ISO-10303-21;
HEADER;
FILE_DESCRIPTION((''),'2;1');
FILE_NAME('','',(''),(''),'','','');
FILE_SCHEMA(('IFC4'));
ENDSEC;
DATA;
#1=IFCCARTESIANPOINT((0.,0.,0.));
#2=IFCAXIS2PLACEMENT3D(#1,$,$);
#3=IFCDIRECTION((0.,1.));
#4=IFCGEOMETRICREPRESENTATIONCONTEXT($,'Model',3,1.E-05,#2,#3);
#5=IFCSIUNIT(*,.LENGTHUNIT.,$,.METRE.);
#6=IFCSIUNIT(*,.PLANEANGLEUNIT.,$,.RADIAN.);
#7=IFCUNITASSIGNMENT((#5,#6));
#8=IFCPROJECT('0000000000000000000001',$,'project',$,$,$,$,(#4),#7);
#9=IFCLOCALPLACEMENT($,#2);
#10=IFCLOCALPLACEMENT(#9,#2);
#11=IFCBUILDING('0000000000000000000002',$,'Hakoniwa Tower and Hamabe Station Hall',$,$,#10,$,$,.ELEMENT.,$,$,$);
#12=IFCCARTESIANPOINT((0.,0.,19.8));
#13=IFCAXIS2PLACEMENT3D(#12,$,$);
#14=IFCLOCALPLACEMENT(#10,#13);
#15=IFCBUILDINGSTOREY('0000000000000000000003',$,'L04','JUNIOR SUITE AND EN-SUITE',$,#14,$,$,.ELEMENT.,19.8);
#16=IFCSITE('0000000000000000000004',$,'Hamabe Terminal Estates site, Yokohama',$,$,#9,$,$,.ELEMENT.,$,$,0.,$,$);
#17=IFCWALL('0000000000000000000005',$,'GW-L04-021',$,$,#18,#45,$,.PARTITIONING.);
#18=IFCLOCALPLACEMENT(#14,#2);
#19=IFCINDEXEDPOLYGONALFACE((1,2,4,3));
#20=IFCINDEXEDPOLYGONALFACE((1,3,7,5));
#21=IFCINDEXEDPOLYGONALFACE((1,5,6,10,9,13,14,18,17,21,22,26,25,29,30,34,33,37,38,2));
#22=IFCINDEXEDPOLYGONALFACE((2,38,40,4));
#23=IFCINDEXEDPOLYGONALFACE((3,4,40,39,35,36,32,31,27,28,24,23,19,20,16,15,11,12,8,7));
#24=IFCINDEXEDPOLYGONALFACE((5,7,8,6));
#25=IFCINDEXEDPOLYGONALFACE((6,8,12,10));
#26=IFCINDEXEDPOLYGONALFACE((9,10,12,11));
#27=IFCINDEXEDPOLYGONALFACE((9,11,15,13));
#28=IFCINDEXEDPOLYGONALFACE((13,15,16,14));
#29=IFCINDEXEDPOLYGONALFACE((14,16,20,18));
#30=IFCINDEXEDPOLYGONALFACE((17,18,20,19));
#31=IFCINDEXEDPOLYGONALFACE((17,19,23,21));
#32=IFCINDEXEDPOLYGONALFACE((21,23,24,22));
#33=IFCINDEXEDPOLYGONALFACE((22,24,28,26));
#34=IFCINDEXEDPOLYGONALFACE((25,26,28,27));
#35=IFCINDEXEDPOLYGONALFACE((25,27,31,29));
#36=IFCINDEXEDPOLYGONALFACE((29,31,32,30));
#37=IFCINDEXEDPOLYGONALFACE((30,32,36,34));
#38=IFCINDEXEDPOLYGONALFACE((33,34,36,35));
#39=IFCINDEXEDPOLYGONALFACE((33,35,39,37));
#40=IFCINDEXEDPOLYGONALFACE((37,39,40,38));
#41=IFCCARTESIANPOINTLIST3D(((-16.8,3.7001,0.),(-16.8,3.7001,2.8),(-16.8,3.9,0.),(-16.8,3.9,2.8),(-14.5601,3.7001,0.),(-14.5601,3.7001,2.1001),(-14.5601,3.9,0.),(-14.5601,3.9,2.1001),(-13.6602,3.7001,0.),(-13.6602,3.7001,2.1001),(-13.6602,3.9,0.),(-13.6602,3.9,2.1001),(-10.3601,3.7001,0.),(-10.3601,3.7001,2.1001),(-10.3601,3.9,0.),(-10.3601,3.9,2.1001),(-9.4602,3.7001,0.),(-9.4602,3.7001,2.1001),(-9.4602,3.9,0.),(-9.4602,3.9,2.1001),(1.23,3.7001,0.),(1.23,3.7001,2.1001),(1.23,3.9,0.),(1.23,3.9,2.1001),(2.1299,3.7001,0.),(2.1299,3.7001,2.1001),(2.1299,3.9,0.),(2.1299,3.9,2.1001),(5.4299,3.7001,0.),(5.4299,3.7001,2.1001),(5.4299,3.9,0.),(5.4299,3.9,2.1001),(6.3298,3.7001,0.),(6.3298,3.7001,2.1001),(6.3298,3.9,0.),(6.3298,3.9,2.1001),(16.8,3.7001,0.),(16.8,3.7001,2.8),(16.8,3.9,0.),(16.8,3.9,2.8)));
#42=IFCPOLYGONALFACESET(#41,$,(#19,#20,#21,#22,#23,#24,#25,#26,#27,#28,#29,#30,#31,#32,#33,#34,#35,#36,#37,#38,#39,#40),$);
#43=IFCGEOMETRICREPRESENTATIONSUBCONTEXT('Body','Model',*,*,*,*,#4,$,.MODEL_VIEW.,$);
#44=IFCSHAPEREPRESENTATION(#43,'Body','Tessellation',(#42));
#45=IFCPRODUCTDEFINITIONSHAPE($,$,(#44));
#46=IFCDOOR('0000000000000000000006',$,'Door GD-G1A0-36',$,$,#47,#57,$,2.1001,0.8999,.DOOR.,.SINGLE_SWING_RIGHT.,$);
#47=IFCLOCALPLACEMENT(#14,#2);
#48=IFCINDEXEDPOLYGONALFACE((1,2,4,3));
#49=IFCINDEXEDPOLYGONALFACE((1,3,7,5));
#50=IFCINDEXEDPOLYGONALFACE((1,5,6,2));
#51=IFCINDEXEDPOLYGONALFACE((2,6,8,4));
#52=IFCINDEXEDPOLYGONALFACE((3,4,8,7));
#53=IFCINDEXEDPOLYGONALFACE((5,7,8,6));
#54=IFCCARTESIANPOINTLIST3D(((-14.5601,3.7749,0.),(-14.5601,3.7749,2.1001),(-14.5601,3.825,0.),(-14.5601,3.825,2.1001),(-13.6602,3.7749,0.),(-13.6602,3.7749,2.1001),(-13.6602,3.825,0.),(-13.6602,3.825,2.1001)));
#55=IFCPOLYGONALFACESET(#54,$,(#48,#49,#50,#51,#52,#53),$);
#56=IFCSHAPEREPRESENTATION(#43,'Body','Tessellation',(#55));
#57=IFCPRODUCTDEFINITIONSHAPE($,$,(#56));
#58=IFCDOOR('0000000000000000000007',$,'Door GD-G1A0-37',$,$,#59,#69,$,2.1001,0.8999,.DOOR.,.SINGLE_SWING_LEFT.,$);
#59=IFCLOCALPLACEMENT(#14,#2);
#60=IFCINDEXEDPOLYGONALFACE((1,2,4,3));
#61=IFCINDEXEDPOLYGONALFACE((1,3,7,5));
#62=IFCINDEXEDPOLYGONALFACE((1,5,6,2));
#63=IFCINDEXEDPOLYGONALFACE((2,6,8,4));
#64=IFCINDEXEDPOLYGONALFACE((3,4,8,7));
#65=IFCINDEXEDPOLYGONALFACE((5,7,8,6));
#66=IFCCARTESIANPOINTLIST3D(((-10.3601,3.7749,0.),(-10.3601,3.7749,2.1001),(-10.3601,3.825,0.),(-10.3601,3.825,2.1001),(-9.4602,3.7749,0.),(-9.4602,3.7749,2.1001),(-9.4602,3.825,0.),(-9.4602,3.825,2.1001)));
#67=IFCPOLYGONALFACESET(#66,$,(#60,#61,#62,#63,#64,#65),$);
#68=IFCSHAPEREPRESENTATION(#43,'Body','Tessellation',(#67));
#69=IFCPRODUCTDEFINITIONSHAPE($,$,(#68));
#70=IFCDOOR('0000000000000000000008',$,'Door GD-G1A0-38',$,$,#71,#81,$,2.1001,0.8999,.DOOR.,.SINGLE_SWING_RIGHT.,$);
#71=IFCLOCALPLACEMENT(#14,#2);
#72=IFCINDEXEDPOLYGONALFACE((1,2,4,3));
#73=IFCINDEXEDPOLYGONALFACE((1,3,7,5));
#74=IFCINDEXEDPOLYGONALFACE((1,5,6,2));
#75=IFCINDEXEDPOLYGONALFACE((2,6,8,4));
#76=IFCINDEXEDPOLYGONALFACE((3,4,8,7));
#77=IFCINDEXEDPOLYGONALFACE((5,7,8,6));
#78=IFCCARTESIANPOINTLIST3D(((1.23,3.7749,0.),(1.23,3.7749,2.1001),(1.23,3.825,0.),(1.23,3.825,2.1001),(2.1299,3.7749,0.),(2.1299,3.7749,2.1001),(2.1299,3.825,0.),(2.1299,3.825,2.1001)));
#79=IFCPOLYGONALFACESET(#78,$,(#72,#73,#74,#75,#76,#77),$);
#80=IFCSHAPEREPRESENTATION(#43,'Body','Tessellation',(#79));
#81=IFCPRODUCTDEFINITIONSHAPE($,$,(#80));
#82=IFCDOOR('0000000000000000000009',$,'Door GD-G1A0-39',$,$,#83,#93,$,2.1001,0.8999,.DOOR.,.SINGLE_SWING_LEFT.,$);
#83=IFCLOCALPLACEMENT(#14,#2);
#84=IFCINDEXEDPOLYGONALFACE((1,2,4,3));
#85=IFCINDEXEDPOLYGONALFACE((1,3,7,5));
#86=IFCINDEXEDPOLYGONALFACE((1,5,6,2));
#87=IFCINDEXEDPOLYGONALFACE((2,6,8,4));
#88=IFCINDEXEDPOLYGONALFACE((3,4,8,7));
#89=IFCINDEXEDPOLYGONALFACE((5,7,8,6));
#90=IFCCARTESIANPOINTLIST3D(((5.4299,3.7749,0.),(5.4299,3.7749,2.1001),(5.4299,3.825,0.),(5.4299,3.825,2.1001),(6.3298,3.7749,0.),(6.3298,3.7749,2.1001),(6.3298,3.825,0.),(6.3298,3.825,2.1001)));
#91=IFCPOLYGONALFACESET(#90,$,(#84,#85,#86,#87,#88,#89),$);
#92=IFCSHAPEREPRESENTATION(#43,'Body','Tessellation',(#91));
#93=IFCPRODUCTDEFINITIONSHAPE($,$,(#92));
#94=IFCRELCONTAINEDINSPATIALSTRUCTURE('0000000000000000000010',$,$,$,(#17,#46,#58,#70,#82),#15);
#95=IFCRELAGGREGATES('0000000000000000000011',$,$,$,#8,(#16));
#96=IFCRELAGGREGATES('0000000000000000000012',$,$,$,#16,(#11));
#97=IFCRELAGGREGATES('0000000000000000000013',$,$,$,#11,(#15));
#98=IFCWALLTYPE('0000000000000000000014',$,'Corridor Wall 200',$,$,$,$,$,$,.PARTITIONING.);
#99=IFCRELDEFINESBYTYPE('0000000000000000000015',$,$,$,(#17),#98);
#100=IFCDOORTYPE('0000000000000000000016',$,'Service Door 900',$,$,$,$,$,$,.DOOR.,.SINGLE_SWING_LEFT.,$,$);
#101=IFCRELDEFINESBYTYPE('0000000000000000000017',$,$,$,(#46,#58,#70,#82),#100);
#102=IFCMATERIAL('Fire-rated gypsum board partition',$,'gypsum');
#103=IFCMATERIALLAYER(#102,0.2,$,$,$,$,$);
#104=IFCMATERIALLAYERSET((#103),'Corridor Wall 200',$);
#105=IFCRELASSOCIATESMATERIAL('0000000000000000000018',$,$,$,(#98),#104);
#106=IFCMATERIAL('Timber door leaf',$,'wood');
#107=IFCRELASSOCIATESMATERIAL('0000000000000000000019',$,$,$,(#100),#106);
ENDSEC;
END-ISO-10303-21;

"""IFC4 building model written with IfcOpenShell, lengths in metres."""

from ifc_helpers import new_model, si_unit, direction, frame, frame_2d, origin, place, context, subcontext, project, spatial, rectangle, extrude, material, layer, layer_set, type_object, element, fill, save


model = new_model("IFC4")

# Units and contexts
model_context = context("Model", 3, precision=1e-05, world=origin(), true_north=direction((0.0, 1.0)))
body_context = subcontext(model_context, "Body", "Model", "MODEL_VIEW")
ifc_project = project(units=[si_unit("LENGTHUNIT", "METRE"), si_unit("PLANEANGLEUNIT", "RADIAN")], contexts=[model_context])

# Site, building, storey
site_placement = place(None, origin())
site = spatial("IfcSite", under=ifc_project, at=site_placement, Name="Hamabe Terminal Estates site, Yokohama", CompositionType="ELEMENT", RefElevation=0.0)
building_placement = place(site_placement, origin())
building = spatial("IfcBuilding", under=site, at=building_placement, Name="Hakoniwa Tower and Hamabe Station Hall", CompositionType="ELEMENT")
storey_placement = place(building_placement, frame((0.0, 0.0, 19.8)))
storey = spatial("IfcBuildingStorey", under=building, at=storey_placement, Name="L04", Description="JUNIOR SUITE AND EN-SUITE", CompositionType="ELEMENT", Elevation=19.8)

# Wall, openings, doors
ifc_material_1 = material(Name="Fire-rated gypsum board partition", Category="gypsum")
ifc_layer_1 = layer(ifc_material_1, 0.2)
ifc_layer_set_1 = layer_set([ifc_layer_1], Name="Corridor Wall 200")
wall_type_1 = type_object("IfcWallType", Name="Corridor Wall 200", PredefinedType="PARTITIONING", material=ifc_layer_set_1)
wall_1_placement = place(storey_placement, frame((-16.8, 3.8, 0.0), z_axis=(0.0, 0.0, 1.0), x_axis=(1.0, 0.0, 0.0)))
wall_1 = element("IfcWall", 1, at=wall_1_placement, inside=storey, type_object=wall_type_1, Name="GW-L04-021", PredefinedType="PARTITIONING", context=body_context, shape_type="SweptSolid", body=[
    extrude(rectangle(XDim=33.6001, YDim=0.2, at=frame_2d((16.8, 0.0))), origin(), (0.0, 0.0, 1.0), 2.8),
])
opening_1_placement = place(wall_1_placement, frame((2.24, 0.0, 0.0)))
opening_1 = element("IfcOpeningElement", 2, at=opening_1_placement, cuts=wall_1, PredefinedType="OPENING", context=body_context, shape_type="SweptSolid", body=[
    extrude(rectangle(XDim=0.8999, YDim=2.1001, at=frame_2d((0.45, 1.05))), frame((0.0, 0.1099, 0.0), z_axis=(0.0, -1.0, 0.0), x_axis=(1.0, 0.0, 0.0)), (0.0, 0.0, 1.0), 0.22),
])
opening_2_placement = place(wall_1_placement, frame((6.4399, 0.0, 0.0)))
opening_2 = element("IfcOpeningElement", 3, at=opening_2_placement, cuts=wall_1, PredefinedType="OPENING", context=body_context, shape_type="SweptSolid", body=[
    extrude(rectangle(XDim=0.8999, YDim=2.1001, at=frame_2d((0.45, 1.05))), frame((0.0, 0.1099, 0.0), z_axis=(0.0, -1.0, 0.0), x_axis=(1.0, 0.0, 0.0)), (0.0, 0.0, 1.0), 0.22),
])
opening_3_placement = place(wall_1_placement, frame((18.03, 0.0, 0.0)))
opening_3 = element("IfcOpeningElement", 4, at=opening_3_placement, cuts=wall_1, PredefinedType="OPENING", context=body_context, shape_type="SweptSolid", body=[
    extrude(rectangle(XDim=0.8999, YDim=2.1001, at=frame_2d((0.45, 1.05))), frame((0.0, 0.1099, 0.0), z_axis=(0.0, -1.0, 0.0), x_axis=(1.0, 0.0, 0.0)), (0.0, 0.0, 1.0), 0.22),
])
opening_4_placement = place(wall_1_placement, frame((22.23, 0.0, 0.0)))
opening_4 = element("IfcOpeningElement", 5, at=opening_4_placement, cuts=wall_1, PredefinedType="OPENING", context=body_context, shape_type="SweptSolid", body=[
    extrude(rectangle(XDim=0.8999, YDim=2.1001, at=frame_2d((0.45, 1.05))), frame((0.0, 0.1099, 0.0), z_axis=(0.0, -1.0, 0.0), x_axis=(1.0, 0.0, 0.0)), (0.0, 0.0, 1.0), 0.22),
])
ifc_material_2 = material(Name="Timber door leaf", Category="wood")
door_type_1 = type_object("IfcDoorType", Name="Service Door 900", OperationType="SINGLE_SWING_LEFT", PredefinedType="DOOR", material=ifc_material_2)
door_1_placement = place(opening_1_placement, origin())
door_1 = element("IfcDoor", 6, at=door_1_placement, inside=storey, type_object=door_type_1, Name="Door GD-G1A0-36", OperationType="SINGLE_SWING_RIGHT", OverallHeight=2.1001, OverallWidth=0.8999, PredefinedType="DOOR", context=body_context, shape_type="SweptSolid", body=[
    extrude(rectangle(XDim=0.8999, YDim=2.1001, at=frame_2d((0.45, 1.05))), frame((0.0, 0.0249, 0.0), z_axis=(0.0, -1.0, 0.0), x_axis=(1.0, 0.0, 0.0)), (0.0, 0.0, 1.0), 0.05),
])
fill(opening_1, door_1)
door_2_placement = place(opening_2_placement, origin())
door_2 = element("IfcDoor", 7, at=door_2_placement, inside=storey, type_object=door_type_1, Name="Door GD-G1A0-37", OperationType="SINGLE_SWING_LEFT", OverallHeight=2.1001, OverallWidth=0.8999, PredefinedType="DOOR", context=body_context, shape_type="SweptSolid", body=[
    extrude(rectangle(XDim=0.8999, YDim=2.1001, at=frame_2d((0.45, 1.05))), frame((0.0, 0.0249, 0.0), z_axis=(0.0, -1.0, 0.0), x_axis=(1.0, 0.0, 0.0)), (0.0, 0.0, 1.0), 0.05),
])
fill(opening_2, door_2)
door_3_placement = place(opening_3_placement, origin())
door_3 = element("IfcDoor", 8, at=door_3_placement, inside=storey, type_object=door_type_1, Name="Door GD-G1A0-38", OperationType="SINGLE_SWING_RIGHT", OverallHeight=2.1001, OverallWidth=0.8999, PredefinedType="DOOR", context=body_context, shape_type="SweptSolid", body=[
    extrude(rectangle(XDim=0.8999, YDim=2.1001, at=frame_2d((0.45, 1.05))), frame((0.0, 0.0249, 0.0), z_axis=(0.0, -1.0, 0.0), x_axis=(1.0, 0.0, 0.0)), (0.0, 0.0, 1.0), 0.05),
])
fill(opening_3, door_3)
door_4_placement = place(opening_4_placement, origin())
door_4 = element("IfcDoor", 9, at=door_4_placement, inside=storey, type_object=door_type_1, Name="Door GD-G1A0-39", OperationType="SINGLE_SWING_LEFT", OverallHeight=2.1001, OverallWidth=0.8999, PredefinedType="DOOR", context=body_context, shape_type="SweptSolid", body=[
    extrude(rectangle(XDim=0.8999, YDim=2.1001, at=frame_2d((0.45, 1.05))), frame((0.0, 0.0249, 0.0), z_axis=(0.0, -1.0, 0.0), x_axis=(1.0, 0.0, 0.0)), (0.0, 0.0, 1.0), 0.05),
])
fill(opening_4, door_4)

save(model, "model.ifc")
